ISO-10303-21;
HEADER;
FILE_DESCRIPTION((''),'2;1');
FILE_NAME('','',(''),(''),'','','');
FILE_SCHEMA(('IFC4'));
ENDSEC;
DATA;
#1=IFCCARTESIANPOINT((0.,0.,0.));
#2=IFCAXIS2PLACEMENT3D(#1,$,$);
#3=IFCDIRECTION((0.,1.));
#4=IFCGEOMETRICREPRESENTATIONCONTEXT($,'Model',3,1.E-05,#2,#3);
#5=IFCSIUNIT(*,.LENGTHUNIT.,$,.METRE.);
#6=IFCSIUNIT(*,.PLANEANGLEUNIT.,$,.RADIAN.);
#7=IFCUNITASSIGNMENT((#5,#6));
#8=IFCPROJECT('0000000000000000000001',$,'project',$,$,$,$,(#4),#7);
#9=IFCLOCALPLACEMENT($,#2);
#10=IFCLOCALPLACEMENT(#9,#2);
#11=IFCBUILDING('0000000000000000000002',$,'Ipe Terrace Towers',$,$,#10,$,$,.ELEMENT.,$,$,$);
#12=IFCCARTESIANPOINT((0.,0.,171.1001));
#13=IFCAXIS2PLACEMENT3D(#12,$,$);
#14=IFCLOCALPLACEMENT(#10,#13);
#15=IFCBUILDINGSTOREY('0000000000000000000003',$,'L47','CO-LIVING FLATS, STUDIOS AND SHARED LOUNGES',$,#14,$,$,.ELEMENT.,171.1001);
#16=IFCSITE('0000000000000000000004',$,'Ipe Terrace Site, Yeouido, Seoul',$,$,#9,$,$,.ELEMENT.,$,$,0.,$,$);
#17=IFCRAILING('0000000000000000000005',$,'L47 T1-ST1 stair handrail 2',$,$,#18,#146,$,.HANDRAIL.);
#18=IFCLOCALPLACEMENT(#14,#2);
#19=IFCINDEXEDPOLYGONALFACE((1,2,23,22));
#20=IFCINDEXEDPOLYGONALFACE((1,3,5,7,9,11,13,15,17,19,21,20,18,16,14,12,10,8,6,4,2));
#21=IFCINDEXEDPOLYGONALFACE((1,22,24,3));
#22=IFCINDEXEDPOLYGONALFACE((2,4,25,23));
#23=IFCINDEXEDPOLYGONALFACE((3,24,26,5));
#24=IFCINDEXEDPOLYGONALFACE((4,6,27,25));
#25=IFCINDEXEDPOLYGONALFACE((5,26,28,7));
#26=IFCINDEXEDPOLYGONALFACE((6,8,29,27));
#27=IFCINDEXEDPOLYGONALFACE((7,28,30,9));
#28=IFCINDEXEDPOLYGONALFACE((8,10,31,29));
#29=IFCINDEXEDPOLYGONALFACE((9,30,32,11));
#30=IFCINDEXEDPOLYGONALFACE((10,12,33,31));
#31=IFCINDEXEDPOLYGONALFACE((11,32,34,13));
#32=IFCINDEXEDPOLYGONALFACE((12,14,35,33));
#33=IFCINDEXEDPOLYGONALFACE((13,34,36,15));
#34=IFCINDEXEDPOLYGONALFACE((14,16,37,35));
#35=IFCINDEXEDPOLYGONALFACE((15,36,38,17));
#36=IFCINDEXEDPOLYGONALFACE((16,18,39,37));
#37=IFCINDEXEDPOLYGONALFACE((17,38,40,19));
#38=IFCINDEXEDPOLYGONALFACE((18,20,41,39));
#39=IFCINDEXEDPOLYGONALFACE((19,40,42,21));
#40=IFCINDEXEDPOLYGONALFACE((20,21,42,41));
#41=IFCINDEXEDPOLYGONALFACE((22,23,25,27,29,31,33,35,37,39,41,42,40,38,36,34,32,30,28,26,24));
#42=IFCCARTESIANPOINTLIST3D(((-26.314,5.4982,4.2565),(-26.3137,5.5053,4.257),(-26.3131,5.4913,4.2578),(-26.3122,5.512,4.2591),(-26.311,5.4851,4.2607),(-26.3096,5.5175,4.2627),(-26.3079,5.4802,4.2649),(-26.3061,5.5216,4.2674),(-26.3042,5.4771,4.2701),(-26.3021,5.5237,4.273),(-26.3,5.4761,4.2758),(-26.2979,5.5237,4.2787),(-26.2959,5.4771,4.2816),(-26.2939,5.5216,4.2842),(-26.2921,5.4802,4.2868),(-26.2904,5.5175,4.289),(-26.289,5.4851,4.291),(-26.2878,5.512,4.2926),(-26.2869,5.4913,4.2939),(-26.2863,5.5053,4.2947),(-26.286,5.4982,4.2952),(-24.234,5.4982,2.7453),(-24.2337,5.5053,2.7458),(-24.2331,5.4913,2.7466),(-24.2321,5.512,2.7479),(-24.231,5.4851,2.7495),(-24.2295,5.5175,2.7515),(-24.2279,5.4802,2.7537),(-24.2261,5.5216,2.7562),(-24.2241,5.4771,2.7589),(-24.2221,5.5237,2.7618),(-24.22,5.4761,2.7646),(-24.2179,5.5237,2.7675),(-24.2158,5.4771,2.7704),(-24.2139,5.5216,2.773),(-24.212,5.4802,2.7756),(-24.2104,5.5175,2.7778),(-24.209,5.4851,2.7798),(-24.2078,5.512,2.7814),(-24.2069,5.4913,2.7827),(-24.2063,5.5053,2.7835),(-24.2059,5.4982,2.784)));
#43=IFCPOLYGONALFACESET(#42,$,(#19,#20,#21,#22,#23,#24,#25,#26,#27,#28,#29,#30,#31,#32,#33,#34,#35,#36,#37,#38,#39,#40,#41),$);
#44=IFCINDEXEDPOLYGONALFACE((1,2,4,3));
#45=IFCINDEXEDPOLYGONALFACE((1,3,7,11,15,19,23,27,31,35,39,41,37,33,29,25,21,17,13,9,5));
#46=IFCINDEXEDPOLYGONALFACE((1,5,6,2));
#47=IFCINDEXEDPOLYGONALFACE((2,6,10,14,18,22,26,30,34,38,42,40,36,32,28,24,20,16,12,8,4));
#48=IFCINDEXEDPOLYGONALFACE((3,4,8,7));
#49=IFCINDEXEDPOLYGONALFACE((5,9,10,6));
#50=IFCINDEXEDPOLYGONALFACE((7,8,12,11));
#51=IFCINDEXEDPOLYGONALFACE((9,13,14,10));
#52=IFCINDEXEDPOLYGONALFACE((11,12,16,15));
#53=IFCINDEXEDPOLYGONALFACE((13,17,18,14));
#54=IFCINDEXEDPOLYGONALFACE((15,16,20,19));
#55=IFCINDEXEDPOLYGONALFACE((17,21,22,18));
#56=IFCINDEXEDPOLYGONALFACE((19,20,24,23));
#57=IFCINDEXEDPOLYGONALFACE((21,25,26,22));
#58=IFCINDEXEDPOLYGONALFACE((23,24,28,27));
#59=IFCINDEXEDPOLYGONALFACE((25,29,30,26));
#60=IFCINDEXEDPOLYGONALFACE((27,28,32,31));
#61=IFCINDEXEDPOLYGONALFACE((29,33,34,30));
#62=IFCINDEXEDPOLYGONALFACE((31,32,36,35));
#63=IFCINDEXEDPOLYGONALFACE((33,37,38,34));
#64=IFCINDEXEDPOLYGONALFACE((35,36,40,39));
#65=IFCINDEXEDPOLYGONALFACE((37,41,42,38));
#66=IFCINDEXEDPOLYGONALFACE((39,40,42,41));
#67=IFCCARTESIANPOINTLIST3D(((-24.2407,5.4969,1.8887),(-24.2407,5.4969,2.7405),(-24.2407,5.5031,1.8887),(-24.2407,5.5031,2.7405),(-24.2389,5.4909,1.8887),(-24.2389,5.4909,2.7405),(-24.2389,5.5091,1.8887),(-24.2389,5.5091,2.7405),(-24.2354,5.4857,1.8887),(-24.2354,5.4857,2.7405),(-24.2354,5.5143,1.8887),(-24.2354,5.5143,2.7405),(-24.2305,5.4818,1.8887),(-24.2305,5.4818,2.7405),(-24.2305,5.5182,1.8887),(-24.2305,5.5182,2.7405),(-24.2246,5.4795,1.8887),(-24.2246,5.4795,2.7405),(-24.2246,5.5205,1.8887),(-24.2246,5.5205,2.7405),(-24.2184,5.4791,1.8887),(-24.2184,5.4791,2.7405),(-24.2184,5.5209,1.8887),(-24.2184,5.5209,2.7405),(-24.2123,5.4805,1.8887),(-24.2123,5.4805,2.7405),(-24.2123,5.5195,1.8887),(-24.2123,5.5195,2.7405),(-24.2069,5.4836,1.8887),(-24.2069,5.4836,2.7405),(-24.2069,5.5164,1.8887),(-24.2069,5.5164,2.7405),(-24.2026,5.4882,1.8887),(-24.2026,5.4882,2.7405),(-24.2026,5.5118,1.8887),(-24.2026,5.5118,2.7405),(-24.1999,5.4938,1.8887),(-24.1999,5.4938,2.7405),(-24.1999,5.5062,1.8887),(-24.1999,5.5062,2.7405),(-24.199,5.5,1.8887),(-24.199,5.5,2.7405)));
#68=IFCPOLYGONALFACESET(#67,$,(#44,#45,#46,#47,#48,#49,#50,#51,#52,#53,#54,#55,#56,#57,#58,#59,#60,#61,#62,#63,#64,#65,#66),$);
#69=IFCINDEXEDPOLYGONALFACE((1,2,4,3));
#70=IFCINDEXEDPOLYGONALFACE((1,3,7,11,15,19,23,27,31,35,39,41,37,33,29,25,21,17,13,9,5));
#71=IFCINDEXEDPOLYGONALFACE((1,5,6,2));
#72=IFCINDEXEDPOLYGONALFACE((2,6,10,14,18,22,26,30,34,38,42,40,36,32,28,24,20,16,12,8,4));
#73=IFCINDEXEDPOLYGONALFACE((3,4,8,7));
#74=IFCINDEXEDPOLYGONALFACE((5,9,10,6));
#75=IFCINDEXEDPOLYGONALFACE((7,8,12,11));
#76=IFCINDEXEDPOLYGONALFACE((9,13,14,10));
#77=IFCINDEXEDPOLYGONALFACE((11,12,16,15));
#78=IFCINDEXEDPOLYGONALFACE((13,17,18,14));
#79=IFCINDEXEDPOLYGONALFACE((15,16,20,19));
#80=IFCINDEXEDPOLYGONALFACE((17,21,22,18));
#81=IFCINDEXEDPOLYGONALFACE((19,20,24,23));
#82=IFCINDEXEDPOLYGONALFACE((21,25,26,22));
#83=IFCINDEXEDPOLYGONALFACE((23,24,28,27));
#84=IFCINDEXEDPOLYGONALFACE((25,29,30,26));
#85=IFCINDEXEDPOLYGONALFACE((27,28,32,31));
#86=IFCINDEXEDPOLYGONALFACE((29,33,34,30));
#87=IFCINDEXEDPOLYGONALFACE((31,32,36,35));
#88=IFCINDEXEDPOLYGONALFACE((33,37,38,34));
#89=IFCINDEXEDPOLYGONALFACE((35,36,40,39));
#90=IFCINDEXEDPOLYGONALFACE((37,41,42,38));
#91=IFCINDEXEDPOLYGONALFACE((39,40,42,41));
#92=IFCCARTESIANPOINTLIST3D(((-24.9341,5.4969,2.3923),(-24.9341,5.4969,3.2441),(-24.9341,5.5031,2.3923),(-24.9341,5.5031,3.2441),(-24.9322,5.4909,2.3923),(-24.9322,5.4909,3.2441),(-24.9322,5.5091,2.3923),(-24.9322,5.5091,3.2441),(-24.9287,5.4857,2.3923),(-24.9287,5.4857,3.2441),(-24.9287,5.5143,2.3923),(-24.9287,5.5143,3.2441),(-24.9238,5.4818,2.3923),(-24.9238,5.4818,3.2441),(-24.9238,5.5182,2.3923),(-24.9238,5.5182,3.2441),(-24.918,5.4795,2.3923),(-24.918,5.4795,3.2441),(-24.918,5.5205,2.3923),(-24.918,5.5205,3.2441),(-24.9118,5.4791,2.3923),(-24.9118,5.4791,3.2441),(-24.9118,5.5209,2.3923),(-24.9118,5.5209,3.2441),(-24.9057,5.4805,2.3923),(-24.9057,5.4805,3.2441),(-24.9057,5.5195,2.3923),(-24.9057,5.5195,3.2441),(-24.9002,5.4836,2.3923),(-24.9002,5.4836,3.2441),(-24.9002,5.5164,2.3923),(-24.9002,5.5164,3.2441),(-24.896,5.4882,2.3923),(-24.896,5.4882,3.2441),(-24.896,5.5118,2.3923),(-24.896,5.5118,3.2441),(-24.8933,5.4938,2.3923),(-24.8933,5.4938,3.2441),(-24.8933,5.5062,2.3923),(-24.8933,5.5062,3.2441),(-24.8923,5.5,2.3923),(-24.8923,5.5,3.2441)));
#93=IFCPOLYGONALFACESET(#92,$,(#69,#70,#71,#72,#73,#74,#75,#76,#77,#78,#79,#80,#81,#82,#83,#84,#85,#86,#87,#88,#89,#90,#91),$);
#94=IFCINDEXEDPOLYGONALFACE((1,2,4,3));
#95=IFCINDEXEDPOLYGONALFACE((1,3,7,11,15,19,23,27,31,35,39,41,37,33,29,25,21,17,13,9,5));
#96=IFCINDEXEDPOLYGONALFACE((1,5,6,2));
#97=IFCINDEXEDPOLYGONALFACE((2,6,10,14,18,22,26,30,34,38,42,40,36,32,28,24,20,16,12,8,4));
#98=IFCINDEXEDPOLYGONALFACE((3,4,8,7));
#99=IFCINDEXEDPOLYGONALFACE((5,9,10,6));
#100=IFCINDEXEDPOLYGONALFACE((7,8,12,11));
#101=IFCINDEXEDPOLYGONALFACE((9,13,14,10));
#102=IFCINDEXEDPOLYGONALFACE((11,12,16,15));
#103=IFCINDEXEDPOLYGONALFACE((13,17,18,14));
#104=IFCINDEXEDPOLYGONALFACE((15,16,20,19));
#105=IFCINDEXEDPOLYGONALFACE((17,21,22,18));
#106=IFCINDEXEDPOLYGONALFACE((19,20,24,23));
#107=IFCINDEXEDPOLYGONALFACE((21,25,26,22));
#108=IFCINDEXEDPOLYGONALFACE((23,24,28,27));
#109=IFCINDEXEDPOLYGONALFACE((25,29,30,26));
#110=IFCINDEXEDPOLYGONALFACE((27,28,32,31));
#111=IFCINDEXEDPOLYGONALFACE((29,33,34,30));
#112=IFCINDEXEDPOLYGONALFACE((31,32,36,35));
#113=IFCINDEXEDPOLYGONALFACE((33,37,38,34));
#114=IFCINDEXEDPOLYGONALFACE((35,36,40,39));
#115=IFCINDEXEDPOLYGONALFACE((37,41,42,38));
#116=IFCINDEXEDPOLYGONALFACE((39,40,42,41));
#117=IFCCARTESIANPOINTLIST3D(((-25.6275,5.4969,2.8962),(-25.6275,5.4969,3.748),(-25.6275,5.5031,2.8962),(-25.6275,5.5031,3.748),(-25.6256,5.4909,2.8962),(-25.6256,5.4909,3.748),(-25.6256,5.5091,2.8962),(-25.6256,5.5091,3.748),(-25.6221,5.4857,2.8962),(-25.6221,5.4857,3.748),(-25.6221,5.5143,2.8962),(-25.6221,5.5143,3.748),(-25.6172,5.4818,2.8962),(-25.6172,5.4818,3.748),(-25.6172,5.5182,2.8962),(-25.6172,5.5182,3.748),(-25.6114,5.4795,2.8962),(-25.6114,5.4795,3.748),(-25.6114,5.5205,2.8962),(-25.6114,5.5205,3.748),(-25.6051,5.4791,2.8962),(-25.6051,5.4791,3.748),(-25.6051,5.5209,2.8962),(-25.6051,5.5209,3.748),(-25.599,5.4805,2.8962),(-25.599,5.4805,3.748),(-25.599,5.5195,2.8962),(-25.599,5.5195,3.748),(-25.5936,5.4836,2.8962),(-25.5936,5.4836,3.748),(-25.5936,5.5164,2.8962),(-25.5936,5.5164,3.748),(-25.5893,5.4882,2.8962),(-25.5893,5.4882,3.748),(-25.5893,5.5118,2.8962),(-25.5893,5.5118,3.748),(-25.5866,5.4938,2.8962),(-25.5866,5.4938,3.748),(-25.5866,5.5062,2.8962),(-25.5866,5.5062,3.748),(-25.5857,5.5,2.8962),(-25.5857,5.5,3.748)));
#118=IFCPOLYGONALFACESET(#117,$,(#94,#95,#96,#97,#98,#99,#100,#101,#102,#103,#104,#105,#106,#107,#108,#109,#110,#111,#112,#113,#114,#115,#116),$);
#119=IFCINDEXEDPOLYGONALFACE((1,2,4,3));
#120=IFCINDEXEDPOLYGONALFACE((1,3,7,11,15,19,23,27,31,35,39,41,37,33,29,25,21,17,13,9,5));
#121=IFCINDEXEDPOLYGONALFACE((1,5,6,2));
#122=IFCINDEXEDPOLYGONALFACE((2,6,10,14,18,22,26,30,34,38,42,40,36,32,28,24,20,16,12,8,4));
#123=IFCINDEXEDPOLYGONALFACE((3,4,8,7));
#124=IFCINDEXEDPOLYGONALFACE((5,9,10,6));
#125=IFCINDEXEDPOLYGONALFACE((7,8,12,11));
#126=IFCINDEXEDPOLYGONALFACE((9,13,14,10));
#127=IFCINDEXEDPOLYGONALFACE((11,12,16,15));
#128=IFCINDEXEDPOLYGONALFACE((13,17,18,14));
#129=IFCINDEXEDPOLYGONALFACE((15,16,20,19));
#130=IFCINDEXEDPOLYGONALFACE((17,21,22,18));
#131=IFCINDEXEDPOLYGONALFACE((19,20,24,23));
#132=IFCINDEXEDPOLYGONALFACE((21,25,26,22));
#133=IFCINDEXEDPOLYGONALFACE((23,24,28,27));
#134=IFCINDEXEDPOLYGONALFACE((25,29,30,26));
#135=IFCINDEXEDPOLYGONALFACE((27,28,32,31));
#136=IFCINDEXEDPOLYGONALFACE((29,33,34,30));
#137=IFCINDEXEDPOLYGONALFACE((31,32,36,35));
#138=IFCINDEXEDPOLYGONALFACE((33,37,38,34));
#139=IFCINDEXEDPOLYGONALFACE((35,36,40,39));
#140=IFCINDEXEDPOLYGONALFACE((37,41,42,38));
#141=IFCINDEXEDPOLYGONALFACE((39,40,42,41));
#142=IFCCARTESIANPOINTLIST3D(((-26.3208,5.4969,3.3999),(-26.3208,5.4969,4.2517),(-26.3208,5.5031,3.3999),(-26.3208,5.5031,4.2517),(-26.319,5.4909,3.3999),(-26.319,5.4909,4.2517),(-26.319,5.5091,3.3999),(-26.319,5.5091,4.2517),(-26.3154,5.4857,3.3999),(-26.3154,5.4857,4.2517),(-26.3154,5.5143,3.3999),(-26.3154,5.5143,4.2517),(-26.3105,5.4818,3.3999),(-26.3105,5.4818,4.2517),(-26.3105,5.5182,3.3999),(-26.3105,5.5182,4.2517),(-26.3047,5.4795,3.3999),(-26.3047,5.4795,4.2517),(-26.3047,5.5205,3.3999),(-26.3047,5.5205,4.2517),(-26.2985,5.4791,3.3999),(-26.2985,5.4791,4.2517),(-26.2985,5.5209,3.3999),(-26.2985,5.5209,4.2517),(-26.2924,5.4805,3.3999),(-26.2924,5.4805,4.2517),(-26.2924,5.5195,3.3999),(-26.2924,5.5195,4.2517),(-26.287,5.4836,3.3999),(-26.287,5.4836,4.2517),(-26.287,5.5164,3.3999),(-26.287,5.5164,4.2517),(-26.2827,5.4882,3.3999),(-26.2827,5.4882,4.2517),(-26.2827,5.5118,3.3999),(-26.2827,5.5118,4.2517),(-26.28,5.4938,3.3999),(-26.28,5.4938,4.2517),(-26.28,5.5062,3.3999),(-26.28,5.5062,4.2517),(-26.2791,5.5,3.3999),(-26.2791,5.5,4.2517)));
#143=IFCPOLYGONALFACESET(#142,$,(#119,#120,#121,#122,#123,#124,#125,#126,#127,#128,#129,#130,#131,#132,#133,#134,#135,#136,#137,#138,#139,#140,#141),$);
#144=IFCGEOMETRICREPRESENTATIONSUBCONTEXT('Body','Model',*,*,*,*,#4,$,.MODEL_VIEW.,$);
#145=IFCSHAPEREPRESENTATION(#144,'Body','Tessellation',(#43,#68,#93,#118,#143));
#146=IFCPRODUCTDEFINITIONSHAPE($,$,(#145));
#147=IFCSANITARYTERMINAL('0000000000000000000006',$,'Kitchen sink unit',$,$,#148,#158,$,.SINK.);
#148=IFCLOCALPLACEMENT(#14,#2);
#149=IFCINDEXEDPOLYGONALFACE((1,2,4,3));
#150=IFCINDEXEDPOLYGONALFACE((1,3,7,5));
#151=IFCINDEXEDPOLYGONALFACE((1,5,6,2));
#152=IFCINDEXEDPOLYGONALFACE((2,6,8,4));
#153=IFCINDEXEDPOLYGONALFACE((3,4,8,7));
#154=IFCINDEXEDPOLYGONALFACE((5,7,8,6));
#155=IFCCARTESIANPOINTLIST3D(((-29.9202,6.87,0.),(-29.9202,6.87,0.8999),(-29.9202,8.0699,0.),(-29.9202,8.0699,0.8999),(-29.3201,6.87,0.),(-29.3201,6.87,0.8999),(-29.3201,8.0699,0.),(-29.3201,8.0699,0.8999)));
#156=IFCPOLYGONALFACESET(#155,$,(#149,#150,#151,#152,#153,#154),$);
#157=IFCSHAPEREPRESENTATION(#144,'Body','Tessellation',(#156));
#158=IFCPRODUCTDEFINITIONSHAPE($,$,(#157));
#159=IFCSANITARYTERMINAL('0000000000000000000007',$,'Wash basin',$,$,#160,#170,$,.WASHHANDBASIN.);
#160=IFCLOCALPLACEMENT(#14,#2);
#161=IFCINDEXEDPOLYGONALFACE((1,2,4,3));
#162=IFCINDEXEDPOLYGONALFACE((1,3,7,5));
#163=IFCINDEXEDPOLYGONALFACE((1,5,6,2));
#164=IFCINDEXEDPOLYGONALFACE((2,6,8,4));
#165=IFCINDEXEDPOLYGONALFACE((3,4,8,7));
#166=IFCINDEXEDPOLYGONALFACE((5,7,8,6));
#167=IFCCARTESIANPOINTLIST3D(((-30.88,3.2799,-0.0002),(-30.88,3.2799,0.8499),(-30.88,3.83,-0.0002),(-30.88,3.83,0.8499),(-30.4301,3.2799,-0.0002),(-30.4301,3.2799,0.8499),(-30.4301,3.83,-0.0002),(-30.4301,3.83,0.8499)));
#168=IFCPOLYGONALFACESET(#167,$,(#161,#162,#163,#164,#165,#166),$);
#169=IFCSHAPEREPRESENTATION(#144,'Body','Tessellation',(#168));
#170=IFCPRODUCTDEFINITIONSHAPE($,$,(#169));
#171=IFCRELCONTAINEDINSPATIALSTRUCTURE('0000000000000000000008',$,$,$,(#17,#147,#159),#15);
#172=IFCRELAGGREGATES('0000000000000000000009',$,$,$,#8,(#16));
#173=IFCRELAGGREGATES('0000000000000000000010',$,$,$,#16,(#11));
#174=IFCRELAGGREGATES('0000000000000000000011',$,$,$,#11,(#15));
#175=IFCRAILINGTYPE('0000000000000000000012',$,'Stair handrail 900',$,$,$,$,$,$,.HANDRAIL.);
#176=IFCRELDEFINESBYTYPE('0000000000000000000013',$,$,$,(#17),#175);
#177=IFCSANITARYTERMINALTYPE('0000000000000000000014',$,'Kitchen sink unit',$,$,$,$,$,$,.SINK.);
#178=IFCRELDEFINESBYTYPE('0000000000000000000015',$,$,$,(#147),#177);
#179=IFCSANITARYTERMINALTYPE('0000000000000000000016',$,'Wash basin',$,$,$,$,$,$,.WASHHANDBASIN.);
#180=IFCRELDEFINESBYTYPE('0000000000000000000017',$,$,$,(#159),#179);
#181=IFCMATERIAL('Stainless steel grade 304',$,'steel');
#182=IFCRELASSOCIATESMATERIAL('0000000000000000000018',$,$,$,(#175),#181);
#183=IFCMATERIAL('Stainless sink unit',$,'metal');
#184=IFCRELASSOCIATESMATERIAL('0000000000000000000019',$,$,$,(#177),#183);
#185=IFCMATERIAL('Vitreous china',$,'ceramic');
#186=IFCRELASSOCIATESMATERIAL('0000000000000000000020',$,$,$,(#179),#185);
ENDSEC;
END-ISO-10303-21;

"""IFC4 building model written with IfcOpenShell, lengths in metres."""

from ifc_helpers import new_model, si_unit, direction, frame, origin, origin_2d, place, context, subcontext, project, spatial, rectangle, circle, extrude, material, type_object, element, save


model = new_model("IFC4")

# Units and contexts
model_context = context("Model", 3, precision=1e-05, world=origin(), true_north=direction((0.0, 1.0)))
body_context = subcontext(model_context, "Body", "Model", "MODEL_VIEW")
ifc_project = project(units=[si_unit("LENGTHUNIT", "METRE"), si_unit("PLANEANGLEUNIT", "RADIAN")], contexts=[model_context])

# Site, building, storey
site_placement = place(None, origin())
site = spatial("IfcSite", under=ifc_project, at=site_placement, Name="Ipe Terrace Site, Yeouido, Seoul", CompositionType="ELEMENT", RefElevation=0.0)
building_placement = place(site_placement, origin())
building = spatial("IfcBuilding", under=site, at=building_placement, Name="Ipe Terrace Towers", CompositionType="ELEMENT")
storey_placement = place(building_placement, frame((0.0, 0.0, 171.1001)))
storey = spatial("IfcBuildingStorey", under=building, at=storey_placement, Name="L47", Description="CO-LIVING FLATS, STUDIOS AND SHARED LOUNGES", CompositionType="ELEMENT", Elevation=171.1001)

# Railing
ifc_material_1 = material(Name="Stainless steel grade 304", Category="steel")
railing_type_1 = type_object("IfcRailingType", Name="Stair handrail 900", PredefinedType="HANDRAIL", material=ifc_material_1)
railing_1_placement = place(storey_placement, frame((-24.22, 5.5, 1.8887)))
element("IfcRailing", 1, at=railing_1_placement, inside=storey, type_object=railing_type_1, Name="L47 T1-ST1 stair handrail 2", PredefinedType="HANDRAIL", context=body_context, shape_type="SweptSolid", body=[
    extrude(circle(Radius=0.0239, at=origin_2d()), frame((0.0, 0.0, 0.876), z_axis=(-0.809023, 0.0, 0.587776), x_axis=(0.0, -1.0, 0.0)), (0.0, 0.0, 1.0), 2.571),
    extrude(circle(Radius=0.021, at=origin_2d()), origin(), (0.0, 0.0, 1.0), 0.8518),
    extrude(circle(Radius=0.021, at=origin_2d()), frame((-0.6934, 0.0, 0.5037)), (0.0, 0.0, 1.0), 0.8518),
    extrude(circle(Radius=0.021, at=origin_2d()), frame((-1.3867, 0.0, 1.0076)), (0.0, 0.0, 1.0), 0.8518),
    extrude(circle(Radius=0.021, at=origin_2d()), frame((-2.0801, 0.0, 1.5112)), (0.0, 0.0, 1.0), 0.8518),
])

# Sanitary terminals
ifc_material_2 = material(Name="Stainless sink unit", Category="metal")
sanitary_terminal_type_1 = type_object("IfcSanitaryTerminalType", Name="Kitchen sink unit", PredefinedType="SINK", material=ifc_material_2)
sanitary_terminal_1_placement = place(storey_placement, frame((-29.6201, 7.47, 0.0), z_axis=(0.0, 0.0, 1.0), x_axis=(0.0, -1.0, 0.0)))
element("IfcSanitaryTerminal", 2, at=sanitary_terminal_1_placement, inside=storey, type_object=sanitary_terminal_type_1, Name="Kitchen sink unit", PredefinedType="SINK", context=body_context, shape_type="SweptSolid", body=[
    extrude(rectangle(XDim=1.2, YDim=0.6001, at=origin_2d()), origin(), (0.0, 0.0, 1.0), 0.8999),
])
ifc_material_3 = material(Name="Vitreous china", Category="ceramic")
sanitary_terminal_type_2 = type_object("IfcSanitaryTerminalType", Name="Wash basin", PredefinedType="WASHHANDBASIN", material=ifc_material_3)
sanitary_terminal_2_placement = place(storey_placement, frame((-30.655, 3.5549, -0.0002), z_axis=(0.0, 0.0, 1.0), x_axis=(0.0, -1.0, 0.0)))
element("IfcSanitaryTerminal", 3, at=sanitary_terminal_2_placement, inside=storey, type_object=sanitary_terminal_type_2, Name="Wash basin", PredefinedType="WASHHANDBASIN", context=body_context, shape_type="SweptSolid", body=[
    extrude(rectangle(XDim=0.55, YDim=0.45, at=origin_2d()), origin(), (0.0, 0.0, 1.0), 0.8501),
])

save(model, "model.ifc")
